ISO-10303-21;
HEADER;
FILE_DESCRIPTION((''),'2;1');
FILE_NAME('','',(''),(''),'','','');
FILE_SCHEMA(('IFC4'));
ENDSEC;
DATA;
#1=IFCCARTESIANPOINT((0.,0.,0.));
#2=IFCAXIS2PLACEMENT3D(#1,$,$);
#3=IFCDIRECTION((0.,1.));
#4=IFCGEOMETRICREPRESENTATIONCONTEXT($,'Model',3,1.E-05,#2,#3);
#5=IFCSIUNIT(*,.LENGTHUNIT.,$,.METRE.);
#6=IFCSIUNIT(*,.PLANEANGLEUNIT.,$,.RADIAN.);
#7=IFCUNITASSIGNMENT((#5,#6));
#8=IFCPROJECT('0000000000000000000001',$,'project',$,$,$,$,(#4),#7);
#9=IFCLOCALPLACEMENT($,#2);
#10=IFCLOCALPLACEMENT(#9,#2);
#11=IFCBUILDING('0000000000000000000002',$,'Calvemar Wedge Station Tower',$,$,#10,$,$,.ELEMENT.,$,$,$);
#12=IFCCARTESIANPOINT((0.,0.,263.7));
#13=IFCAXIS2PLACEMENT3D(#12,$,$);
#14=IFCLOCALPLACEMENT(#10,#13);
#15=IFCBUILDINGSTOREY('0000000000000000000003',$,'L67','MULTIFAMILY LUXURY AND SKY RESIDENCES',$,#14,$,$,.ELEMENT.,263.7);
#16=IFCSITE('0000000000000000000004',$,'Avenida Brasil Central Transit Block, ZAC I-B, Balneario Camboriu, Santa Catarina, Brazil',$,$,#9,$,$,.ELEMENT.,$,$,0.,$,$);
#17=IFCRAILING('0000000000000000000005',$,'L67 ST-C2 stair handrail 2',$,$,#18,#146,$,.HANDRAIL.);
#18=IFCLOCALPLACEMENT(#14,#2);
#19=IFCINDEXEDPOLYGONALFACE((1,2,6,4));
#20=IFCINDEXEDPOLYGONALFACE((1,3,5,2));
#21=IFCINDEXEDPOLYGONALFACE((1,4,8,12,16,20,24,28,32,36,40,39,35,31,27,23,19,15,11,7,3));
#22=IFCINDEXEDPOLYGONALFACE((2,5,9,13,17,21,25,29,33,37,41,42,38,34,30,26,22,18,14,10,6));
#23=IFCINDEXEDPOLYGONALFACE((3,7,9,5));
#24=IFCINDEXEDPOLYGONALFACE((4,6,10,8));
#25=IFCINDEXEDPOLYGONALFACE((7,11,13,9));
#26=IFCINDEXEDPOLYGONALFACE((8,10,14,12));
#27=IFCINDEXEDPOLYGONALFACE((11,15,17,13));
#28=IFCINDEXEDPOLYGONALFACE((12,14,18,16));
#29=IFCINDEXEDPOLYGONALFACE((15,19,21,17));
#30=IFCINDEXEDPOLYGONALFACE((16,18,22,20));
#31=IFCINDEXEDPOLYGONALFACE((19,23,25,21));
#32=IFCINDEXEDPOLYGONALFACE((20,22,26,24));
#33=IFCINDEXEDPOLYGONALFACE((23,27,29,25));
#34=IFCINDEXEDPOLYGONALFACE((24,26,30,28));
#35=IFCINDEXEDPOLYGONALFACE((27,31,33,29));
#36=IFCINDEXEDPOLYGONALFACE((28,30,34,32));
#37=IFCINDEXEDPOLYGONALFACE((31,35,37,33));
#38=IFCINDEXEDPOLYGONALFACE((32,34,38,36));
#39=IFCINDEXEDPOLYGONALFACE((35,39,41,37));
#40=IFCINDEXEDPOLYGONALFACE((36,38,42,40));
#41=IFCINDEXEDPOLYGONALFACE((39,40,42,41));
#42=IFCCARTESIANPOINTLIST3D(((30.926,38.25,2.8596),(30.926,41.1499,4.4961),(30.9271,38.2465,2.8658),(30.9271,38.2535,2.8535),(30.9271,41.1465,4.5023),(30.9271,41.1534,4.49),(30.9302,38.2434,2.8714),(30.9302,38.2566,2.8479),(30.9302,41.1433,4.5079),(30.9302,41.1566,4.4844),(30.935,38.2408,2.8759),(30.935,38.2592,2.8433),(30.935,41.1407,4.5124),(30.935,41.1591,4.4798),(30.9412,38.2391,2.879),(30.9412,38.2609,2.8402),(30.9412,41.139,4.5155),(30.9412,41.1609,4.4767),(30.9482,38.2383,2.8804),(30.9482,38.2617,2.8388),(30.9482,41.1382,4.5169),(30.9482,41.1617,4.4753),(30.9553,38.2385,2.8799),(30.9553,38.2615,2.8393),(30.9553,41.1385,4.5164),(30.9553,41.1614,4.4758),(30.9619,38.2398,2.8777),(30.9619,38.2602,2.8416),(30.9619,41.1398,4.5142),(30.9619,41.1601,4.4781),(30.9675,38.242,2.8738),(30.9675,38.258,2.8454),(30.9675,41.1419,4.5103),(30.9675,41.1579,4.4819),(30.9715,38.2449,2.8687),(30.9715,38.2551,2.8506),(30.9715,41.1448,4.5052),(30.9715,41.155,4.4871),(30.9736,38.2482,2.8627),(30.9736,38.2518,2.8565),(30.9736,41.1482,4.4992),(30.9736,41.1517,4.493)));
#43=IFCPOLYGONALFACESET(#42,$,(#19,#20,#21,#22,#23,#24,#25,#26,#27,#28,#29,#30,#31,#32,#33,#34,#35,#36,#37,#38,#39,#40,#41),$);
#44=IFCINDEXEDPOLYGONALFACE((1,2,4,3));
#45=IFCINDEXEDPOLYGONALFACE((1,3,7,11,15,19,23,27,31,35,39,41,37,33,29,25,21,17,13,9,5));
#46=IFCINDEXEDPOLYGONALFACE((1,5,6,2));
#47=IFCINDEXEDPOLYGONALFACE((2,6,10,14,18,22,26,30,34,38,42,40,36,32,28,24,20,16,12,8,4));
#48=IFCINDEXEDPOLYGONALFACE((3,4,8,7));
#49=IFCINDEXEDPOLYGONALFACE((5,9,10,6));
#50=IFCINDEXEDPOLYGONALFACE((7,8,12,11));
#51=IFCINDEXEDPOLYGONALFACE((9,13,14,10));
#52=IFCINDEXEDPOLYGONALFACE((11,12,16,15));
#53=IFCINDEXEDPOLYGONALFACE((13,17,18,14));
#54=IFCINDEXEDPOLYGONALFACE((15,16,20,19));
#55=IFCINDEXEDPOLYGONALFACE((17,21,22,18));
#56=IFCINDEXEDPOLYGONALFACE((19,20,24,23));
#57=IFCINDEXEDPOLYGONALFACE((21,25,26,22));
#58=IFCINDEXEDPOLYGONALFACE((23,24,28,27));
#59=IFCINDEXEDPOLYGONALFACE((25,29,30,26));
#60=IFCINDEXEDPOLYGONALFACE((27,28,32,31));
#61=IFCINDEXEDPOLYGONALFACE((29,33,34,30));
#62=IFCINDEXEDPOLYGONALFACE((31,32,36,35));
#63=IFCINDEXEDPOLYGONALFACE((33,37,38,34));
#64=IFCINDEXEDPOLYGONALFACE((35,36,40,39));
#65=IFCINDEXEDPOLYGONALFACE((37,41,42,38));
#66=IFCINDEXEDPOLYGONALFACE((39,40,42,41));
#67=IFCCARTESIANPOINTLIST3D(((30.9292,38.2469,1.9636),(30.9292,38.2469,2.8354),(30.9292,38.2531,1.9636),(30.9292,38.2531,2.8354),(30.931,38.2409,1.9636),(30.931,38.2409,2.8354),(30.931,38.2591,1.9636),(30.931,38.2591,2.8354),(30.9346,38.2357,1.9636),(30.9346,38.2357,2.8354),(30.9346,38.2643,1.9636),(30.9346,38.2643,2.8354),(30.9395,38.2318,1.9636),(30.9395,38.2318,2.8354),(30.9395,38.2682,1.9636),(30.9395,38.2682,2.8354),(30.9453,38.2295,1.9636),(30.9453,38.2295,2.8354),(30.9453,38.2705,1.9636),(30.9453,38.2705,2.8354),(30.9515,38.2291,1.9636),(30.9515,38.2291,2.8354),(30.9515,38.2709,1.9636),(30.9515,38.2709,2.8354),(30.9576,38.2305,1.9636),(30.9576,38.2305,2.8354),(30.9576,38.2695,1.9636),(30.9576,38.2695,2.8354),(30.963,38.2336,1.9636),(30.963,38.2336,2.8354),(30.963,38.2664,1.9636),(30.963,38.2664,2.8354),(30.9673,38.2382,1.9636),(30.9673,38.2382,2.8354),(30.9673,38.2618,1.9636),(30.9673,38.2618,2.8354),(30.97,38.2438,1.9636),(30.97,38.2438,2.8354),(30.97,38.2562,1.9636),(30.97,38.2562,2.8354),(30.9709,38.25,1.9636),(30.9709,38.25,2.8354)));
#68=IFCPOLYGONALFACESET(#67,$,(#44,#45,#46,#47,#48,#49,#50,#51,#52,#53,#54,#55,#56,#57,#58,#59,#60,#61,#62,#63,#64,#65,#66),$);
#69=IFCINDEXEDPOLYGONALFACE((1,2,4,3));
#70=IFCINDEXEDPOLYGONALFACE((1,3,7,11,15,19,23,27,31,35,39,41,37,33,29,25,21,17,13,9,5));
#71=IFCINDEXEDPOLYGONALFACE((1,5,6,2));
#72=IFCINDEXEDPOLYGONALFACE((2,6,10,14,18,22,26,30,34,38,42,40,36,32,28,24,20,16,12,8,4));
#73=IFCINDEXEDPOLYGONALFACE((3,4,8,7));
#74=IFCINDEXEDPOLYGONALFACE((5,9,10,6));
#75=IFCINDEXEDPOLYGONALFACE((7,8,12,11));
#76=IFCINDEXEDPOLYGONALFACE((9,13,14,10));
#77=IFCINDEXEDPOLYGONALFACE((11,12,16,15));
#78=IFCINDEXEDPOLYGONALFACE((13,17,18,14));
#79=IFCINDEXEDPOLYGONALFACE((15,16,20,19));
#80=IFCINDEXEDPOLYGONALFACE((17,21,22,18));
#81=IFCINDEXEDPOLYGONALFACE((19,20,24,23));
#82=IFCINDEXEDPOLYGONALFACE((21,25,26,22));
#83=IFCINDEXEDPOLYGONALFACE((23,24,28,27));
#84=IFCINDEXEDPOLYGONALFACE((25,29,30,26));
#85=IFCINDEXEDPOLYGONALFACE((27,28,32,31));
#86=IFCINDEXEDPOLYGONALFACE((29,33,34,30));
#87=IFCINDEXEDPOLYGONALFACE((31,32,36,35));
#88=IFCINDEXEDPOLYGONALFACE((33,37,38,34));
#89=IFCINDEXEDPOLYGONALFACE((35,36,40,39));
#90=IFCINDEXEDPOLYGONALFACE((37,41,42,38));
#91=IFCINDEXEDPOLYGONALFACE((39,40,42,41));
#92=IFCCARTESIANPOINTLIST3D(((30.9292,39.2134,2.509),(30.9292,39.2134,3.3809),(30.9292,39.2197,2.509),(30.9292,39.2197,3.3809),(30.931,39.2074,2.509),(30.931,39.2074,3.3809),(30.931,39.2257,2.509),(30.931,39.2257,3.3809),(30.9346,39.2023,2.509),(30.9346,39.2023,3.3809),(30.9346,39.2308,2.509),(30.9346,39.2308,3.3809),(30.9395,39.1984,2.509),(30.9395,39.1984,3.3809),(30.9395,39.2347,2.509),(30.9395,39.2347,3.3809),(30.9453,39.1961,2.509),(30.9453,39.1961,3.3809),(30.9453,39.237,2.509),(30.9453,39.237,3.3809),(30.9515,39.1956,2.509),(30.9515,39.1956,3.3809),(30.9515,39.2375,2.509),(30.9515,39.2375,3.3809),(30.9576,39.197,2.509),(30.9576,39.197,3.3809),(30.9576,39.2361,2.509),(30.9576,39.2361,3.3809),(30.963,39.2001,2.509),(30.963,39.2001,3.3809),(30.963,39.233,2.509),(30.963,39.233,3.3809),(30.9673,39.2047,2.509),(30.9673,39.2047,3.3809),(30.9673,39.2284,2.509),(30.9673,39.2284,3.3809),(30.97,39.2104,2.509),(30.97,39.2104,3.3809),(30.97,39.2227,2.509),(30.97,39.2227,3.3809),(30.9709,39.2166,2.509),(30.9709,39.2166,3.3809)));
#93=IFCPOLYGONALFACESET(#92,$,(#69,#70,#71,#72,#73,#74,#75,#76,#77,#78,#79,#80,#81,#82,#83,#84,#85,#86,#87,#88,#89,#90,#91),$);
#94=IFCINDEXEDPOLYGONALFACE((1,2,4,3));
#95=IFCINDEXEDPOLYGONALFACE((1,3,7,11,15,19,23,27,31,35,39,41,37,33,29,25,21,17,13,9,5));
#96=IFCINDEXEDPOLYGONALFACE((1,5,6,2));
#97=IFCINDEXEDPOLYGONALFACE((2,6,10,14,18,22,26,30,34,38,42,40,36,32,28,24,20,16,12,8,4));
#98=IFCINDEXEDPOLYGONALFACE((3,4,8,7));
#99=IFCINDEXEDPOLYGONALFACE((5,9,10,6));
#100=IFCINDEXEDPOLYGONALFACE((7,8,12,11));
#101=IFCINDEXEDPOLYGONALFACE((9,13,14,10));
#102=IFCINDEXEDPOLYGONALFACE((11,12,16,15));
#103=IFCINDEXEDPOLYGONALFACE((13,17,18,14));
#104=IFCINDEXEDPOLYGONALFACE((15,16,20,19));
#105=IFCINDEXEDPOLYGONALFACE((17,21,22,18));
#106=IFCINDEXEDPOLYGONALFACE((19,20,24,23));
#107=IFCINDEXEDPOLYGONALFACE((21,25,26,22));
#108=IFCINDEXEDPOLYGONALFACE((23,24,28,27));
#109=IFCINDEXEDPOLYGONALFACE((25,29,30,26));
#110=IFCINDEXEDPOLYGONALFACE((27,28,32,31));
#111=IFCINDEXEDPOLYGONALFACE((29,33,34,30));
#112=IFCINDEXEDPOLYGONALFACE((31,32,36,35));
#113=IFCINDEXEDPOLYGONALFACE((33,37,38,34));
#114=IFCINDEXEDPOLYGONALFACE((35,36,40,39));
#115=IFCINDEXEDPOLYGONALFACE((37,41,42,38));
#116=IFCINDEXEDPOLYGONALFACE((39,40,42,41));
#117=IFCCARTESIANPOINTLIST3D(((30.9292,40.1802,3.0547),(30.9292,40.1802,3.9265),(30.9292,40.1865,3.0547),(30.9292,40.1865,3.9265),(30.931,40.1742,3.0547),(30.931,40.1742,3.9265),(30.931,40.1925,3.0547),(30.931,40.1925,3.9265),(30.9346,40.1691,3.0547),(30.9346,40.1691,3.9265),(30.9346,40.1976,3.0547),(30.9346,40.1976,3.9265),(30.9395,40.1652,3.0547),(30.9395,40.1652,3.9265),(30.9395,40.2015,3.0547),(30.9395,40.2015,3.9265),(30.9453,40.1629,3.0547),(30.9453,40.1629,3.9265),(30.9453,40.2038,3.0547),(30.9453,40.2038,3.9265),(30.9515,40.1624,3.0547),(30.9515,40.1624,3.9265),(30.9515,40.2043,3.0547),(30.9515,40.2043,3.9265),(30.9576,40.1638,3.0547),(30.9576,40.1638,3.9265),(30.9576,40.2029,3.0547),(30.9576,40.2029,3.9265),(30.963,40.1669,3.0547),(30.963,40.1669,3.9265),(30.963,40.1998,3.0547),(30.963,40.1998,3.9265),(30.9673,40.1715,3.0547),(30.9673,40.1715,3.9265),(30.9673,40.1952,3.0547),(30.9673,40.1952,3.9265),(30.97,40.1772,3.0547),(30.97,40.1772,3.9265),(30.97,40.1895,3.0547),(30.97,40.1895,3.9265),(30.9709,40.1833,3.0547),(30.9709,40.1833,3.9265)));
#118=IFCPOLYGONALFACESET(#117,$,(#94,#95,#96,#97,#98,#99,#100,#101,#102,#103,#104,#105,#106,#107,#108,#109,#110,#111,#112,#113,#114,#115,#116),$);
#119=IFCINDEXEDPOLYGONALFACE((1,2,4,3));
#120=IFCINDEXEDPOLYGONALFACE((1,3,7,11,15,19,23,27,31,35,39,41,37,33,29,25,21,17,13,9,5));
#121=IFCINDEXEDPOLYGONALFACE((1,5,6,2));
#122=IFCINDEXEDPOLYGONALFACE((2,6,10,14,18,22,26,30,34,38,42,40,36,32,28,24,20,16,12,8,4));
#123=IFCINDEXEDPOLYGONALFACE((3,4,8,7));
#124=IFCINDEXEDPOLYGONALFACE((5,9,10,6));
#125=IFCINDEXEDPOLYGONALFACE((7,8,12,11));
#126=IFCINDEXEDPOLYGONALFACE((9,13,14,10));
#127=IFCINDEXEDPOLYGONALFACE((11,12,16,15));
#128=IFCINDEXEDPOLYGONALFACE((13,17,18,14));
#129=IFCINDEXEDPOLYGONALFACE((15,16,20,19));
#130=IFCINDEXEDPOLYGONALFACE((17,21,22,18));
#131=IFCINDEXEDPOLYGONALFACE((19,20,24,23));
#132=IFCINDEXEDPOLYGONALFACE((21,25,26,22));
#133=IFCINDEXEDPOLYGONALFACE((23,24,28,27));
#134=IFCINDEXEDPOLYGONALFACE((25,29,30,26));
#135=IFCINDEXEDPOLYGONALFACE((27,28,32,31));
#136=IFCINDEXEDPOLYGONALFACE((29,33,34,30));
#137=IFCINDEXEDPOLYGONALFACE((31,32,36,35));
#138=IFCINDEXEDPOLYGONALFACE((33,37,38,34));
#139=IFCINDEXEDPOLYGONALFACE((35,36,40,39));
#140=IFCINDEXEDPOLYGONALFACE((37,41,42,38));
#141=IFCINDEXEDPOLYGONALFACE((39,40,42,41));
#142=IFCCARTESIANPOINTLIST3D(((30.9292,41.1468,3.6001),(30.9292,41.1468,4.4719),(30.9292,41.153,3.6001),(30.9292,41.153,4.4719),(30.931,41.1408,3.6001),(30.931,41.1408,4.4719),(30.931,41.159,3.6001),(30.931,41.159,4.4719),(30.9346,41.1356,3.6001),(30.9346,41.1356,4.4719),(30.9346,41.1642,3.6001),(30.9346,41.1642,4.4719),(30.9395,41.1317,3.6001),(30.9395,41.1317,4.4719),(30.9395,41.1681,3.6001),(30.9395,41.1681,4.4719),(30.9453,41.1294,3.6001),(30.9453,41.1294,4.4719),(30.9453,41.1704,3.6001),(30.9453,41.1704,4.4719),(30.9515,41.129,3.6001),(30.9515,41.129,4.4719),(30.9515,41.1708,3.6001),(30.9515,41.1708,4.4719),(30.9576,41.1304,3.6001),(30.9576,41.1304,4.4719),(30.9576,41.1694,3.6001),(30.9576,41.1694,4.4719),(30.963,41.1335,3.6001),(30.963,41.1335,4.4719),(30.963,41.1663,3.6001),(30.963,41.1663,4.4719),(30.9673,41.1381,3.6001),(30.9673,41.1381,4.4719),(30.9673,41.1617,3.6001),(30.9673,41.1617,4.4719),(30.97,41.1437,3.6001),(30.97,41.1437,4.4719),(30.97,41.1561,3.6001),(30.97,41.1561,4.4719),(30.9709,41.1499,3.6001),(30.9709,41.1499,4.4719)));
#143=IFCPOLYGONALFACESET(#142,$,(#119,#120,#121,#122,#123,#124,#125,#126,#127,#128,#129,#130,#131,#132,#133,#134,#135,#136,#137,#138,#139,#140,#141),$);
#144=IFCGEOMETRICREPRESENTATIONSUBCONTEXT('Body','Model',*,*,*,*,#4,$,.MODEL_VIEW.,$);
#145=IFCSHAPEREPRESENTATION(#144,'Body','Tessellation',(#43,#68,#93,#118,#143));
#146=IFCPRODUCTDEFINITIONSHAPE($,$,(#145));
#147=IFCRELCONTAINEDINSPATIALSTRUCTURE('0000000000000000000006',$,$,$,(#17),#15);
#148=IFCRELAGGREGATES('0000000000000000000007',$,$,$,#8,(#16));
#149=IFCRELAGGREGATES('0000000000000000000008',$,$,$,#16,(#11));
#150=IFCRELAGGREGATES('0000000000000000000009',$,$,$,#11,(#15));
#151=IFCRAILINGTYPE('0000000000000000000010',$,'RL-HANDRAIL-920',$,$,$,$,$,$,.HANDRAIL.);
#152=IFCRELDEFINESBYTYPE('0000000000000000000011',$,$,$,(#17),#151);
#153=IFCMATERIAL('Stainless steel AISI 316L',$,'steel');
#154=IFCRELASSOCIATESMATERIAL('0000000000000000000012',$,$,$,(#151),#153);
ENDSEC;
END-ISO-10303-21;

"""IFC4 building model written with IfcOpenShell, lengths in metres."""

from ifc_helpers import new_model, si_unit, direction, frame, origin, origin_2d, place, context, subcontext, project, spatial, circle, extrude, material, type_object, element, save


model = new_model("IFC4")

# Units and contexts
model_context = context("Model", 3, precision=1e-05, world=origin(), true_north=direction((0.0, 1.0)))
body_context = subcontext(model_context, "Body", "Model", "MODEL_VIEW")
ifc_project = project(units=[si_unit("LENGTHUNIT", "METRE"), si_unit("PLANEANGLEUNIT", "RADIAN")], contexts=[model_context])

# Site, building, storey
site_placement = place(None, origin())
site = spatial("IfcSite", under=ifc_project, at=site_placement, Name="Avenida Brasil Central Transit Block, ZAC I-B, Balneario Camboriu, Santa Catarina, Brazil", CompositionType="ELEMENT", RefElevation=0.0)
building_placement = place(site_placement, origin())
building = spatial("IfcBuilding", under=site, at=building_placement, Name="Calvemar Wedge Station Tower", CompositionType="ELEMENT")
storey_placement = place(building_placement, frame((0.0, 0.0, 263.7)))
storey = spatial("IfcBuildingStorey", under=building, at=storey_placement, Name="L67", Description="MULTIFAMILY LUXURY AND SKY RESIDENCES", CompositionType="ELEMENT", Elevation=263.7)

# Railing
ifc_material_1 = material(Name="Stainless steel AISI 316L", Category="steel")
railing_type = type_object("IfcRailingType", Name="RL-HANDRAIL-920", PredefinedType="HANDRAIL", material=ifc_material_1)
railing_placement = place(storey_placement, frame((30.95, 38.25, 1.9636)))
element("IfcRailing", 1, at=railing_placement, inside=storey, type_object=railing_type, Name="L67 ST-C2 stair handrail 2", PredefinedType="HANDRAIL", context=body_context, shape_type="SweptSolid", body=[
    extrude(circle(Radius=0.0239, at=origin_2d()), frame((0.0, 0.0, 0.896), z_axis=(0.0, 0.870897, 0.491465), x_axis=(-1.0, 0.0, 0.0)), (0.0, 0.0, 1.0), 3.3298),
    extrude(circle(Radius=0.021, at=origin_2d()), origin(), (0.0, 0.0, 1.0), 0.8718),
    extrude(circle(Radius=0.021, at=origin_2d()), frame((0.0, 0.9666, 0.5454)), (0.0, 0.0, 1.0), 0.8718),
    extrude(circle(Radius=0.021, at=origin_2d()), frame((0.0, 1.9333, 1.0911)), (0.0, 0.0, 1.0), 0.8718),
    extrude(circle(Radius=0.021, at=origin_2d()), frame((0.0, 2.8999, 1.6365)), (0.0, 0.0, 1.0), 0.8718),
])

save(model, "model.ifc")
